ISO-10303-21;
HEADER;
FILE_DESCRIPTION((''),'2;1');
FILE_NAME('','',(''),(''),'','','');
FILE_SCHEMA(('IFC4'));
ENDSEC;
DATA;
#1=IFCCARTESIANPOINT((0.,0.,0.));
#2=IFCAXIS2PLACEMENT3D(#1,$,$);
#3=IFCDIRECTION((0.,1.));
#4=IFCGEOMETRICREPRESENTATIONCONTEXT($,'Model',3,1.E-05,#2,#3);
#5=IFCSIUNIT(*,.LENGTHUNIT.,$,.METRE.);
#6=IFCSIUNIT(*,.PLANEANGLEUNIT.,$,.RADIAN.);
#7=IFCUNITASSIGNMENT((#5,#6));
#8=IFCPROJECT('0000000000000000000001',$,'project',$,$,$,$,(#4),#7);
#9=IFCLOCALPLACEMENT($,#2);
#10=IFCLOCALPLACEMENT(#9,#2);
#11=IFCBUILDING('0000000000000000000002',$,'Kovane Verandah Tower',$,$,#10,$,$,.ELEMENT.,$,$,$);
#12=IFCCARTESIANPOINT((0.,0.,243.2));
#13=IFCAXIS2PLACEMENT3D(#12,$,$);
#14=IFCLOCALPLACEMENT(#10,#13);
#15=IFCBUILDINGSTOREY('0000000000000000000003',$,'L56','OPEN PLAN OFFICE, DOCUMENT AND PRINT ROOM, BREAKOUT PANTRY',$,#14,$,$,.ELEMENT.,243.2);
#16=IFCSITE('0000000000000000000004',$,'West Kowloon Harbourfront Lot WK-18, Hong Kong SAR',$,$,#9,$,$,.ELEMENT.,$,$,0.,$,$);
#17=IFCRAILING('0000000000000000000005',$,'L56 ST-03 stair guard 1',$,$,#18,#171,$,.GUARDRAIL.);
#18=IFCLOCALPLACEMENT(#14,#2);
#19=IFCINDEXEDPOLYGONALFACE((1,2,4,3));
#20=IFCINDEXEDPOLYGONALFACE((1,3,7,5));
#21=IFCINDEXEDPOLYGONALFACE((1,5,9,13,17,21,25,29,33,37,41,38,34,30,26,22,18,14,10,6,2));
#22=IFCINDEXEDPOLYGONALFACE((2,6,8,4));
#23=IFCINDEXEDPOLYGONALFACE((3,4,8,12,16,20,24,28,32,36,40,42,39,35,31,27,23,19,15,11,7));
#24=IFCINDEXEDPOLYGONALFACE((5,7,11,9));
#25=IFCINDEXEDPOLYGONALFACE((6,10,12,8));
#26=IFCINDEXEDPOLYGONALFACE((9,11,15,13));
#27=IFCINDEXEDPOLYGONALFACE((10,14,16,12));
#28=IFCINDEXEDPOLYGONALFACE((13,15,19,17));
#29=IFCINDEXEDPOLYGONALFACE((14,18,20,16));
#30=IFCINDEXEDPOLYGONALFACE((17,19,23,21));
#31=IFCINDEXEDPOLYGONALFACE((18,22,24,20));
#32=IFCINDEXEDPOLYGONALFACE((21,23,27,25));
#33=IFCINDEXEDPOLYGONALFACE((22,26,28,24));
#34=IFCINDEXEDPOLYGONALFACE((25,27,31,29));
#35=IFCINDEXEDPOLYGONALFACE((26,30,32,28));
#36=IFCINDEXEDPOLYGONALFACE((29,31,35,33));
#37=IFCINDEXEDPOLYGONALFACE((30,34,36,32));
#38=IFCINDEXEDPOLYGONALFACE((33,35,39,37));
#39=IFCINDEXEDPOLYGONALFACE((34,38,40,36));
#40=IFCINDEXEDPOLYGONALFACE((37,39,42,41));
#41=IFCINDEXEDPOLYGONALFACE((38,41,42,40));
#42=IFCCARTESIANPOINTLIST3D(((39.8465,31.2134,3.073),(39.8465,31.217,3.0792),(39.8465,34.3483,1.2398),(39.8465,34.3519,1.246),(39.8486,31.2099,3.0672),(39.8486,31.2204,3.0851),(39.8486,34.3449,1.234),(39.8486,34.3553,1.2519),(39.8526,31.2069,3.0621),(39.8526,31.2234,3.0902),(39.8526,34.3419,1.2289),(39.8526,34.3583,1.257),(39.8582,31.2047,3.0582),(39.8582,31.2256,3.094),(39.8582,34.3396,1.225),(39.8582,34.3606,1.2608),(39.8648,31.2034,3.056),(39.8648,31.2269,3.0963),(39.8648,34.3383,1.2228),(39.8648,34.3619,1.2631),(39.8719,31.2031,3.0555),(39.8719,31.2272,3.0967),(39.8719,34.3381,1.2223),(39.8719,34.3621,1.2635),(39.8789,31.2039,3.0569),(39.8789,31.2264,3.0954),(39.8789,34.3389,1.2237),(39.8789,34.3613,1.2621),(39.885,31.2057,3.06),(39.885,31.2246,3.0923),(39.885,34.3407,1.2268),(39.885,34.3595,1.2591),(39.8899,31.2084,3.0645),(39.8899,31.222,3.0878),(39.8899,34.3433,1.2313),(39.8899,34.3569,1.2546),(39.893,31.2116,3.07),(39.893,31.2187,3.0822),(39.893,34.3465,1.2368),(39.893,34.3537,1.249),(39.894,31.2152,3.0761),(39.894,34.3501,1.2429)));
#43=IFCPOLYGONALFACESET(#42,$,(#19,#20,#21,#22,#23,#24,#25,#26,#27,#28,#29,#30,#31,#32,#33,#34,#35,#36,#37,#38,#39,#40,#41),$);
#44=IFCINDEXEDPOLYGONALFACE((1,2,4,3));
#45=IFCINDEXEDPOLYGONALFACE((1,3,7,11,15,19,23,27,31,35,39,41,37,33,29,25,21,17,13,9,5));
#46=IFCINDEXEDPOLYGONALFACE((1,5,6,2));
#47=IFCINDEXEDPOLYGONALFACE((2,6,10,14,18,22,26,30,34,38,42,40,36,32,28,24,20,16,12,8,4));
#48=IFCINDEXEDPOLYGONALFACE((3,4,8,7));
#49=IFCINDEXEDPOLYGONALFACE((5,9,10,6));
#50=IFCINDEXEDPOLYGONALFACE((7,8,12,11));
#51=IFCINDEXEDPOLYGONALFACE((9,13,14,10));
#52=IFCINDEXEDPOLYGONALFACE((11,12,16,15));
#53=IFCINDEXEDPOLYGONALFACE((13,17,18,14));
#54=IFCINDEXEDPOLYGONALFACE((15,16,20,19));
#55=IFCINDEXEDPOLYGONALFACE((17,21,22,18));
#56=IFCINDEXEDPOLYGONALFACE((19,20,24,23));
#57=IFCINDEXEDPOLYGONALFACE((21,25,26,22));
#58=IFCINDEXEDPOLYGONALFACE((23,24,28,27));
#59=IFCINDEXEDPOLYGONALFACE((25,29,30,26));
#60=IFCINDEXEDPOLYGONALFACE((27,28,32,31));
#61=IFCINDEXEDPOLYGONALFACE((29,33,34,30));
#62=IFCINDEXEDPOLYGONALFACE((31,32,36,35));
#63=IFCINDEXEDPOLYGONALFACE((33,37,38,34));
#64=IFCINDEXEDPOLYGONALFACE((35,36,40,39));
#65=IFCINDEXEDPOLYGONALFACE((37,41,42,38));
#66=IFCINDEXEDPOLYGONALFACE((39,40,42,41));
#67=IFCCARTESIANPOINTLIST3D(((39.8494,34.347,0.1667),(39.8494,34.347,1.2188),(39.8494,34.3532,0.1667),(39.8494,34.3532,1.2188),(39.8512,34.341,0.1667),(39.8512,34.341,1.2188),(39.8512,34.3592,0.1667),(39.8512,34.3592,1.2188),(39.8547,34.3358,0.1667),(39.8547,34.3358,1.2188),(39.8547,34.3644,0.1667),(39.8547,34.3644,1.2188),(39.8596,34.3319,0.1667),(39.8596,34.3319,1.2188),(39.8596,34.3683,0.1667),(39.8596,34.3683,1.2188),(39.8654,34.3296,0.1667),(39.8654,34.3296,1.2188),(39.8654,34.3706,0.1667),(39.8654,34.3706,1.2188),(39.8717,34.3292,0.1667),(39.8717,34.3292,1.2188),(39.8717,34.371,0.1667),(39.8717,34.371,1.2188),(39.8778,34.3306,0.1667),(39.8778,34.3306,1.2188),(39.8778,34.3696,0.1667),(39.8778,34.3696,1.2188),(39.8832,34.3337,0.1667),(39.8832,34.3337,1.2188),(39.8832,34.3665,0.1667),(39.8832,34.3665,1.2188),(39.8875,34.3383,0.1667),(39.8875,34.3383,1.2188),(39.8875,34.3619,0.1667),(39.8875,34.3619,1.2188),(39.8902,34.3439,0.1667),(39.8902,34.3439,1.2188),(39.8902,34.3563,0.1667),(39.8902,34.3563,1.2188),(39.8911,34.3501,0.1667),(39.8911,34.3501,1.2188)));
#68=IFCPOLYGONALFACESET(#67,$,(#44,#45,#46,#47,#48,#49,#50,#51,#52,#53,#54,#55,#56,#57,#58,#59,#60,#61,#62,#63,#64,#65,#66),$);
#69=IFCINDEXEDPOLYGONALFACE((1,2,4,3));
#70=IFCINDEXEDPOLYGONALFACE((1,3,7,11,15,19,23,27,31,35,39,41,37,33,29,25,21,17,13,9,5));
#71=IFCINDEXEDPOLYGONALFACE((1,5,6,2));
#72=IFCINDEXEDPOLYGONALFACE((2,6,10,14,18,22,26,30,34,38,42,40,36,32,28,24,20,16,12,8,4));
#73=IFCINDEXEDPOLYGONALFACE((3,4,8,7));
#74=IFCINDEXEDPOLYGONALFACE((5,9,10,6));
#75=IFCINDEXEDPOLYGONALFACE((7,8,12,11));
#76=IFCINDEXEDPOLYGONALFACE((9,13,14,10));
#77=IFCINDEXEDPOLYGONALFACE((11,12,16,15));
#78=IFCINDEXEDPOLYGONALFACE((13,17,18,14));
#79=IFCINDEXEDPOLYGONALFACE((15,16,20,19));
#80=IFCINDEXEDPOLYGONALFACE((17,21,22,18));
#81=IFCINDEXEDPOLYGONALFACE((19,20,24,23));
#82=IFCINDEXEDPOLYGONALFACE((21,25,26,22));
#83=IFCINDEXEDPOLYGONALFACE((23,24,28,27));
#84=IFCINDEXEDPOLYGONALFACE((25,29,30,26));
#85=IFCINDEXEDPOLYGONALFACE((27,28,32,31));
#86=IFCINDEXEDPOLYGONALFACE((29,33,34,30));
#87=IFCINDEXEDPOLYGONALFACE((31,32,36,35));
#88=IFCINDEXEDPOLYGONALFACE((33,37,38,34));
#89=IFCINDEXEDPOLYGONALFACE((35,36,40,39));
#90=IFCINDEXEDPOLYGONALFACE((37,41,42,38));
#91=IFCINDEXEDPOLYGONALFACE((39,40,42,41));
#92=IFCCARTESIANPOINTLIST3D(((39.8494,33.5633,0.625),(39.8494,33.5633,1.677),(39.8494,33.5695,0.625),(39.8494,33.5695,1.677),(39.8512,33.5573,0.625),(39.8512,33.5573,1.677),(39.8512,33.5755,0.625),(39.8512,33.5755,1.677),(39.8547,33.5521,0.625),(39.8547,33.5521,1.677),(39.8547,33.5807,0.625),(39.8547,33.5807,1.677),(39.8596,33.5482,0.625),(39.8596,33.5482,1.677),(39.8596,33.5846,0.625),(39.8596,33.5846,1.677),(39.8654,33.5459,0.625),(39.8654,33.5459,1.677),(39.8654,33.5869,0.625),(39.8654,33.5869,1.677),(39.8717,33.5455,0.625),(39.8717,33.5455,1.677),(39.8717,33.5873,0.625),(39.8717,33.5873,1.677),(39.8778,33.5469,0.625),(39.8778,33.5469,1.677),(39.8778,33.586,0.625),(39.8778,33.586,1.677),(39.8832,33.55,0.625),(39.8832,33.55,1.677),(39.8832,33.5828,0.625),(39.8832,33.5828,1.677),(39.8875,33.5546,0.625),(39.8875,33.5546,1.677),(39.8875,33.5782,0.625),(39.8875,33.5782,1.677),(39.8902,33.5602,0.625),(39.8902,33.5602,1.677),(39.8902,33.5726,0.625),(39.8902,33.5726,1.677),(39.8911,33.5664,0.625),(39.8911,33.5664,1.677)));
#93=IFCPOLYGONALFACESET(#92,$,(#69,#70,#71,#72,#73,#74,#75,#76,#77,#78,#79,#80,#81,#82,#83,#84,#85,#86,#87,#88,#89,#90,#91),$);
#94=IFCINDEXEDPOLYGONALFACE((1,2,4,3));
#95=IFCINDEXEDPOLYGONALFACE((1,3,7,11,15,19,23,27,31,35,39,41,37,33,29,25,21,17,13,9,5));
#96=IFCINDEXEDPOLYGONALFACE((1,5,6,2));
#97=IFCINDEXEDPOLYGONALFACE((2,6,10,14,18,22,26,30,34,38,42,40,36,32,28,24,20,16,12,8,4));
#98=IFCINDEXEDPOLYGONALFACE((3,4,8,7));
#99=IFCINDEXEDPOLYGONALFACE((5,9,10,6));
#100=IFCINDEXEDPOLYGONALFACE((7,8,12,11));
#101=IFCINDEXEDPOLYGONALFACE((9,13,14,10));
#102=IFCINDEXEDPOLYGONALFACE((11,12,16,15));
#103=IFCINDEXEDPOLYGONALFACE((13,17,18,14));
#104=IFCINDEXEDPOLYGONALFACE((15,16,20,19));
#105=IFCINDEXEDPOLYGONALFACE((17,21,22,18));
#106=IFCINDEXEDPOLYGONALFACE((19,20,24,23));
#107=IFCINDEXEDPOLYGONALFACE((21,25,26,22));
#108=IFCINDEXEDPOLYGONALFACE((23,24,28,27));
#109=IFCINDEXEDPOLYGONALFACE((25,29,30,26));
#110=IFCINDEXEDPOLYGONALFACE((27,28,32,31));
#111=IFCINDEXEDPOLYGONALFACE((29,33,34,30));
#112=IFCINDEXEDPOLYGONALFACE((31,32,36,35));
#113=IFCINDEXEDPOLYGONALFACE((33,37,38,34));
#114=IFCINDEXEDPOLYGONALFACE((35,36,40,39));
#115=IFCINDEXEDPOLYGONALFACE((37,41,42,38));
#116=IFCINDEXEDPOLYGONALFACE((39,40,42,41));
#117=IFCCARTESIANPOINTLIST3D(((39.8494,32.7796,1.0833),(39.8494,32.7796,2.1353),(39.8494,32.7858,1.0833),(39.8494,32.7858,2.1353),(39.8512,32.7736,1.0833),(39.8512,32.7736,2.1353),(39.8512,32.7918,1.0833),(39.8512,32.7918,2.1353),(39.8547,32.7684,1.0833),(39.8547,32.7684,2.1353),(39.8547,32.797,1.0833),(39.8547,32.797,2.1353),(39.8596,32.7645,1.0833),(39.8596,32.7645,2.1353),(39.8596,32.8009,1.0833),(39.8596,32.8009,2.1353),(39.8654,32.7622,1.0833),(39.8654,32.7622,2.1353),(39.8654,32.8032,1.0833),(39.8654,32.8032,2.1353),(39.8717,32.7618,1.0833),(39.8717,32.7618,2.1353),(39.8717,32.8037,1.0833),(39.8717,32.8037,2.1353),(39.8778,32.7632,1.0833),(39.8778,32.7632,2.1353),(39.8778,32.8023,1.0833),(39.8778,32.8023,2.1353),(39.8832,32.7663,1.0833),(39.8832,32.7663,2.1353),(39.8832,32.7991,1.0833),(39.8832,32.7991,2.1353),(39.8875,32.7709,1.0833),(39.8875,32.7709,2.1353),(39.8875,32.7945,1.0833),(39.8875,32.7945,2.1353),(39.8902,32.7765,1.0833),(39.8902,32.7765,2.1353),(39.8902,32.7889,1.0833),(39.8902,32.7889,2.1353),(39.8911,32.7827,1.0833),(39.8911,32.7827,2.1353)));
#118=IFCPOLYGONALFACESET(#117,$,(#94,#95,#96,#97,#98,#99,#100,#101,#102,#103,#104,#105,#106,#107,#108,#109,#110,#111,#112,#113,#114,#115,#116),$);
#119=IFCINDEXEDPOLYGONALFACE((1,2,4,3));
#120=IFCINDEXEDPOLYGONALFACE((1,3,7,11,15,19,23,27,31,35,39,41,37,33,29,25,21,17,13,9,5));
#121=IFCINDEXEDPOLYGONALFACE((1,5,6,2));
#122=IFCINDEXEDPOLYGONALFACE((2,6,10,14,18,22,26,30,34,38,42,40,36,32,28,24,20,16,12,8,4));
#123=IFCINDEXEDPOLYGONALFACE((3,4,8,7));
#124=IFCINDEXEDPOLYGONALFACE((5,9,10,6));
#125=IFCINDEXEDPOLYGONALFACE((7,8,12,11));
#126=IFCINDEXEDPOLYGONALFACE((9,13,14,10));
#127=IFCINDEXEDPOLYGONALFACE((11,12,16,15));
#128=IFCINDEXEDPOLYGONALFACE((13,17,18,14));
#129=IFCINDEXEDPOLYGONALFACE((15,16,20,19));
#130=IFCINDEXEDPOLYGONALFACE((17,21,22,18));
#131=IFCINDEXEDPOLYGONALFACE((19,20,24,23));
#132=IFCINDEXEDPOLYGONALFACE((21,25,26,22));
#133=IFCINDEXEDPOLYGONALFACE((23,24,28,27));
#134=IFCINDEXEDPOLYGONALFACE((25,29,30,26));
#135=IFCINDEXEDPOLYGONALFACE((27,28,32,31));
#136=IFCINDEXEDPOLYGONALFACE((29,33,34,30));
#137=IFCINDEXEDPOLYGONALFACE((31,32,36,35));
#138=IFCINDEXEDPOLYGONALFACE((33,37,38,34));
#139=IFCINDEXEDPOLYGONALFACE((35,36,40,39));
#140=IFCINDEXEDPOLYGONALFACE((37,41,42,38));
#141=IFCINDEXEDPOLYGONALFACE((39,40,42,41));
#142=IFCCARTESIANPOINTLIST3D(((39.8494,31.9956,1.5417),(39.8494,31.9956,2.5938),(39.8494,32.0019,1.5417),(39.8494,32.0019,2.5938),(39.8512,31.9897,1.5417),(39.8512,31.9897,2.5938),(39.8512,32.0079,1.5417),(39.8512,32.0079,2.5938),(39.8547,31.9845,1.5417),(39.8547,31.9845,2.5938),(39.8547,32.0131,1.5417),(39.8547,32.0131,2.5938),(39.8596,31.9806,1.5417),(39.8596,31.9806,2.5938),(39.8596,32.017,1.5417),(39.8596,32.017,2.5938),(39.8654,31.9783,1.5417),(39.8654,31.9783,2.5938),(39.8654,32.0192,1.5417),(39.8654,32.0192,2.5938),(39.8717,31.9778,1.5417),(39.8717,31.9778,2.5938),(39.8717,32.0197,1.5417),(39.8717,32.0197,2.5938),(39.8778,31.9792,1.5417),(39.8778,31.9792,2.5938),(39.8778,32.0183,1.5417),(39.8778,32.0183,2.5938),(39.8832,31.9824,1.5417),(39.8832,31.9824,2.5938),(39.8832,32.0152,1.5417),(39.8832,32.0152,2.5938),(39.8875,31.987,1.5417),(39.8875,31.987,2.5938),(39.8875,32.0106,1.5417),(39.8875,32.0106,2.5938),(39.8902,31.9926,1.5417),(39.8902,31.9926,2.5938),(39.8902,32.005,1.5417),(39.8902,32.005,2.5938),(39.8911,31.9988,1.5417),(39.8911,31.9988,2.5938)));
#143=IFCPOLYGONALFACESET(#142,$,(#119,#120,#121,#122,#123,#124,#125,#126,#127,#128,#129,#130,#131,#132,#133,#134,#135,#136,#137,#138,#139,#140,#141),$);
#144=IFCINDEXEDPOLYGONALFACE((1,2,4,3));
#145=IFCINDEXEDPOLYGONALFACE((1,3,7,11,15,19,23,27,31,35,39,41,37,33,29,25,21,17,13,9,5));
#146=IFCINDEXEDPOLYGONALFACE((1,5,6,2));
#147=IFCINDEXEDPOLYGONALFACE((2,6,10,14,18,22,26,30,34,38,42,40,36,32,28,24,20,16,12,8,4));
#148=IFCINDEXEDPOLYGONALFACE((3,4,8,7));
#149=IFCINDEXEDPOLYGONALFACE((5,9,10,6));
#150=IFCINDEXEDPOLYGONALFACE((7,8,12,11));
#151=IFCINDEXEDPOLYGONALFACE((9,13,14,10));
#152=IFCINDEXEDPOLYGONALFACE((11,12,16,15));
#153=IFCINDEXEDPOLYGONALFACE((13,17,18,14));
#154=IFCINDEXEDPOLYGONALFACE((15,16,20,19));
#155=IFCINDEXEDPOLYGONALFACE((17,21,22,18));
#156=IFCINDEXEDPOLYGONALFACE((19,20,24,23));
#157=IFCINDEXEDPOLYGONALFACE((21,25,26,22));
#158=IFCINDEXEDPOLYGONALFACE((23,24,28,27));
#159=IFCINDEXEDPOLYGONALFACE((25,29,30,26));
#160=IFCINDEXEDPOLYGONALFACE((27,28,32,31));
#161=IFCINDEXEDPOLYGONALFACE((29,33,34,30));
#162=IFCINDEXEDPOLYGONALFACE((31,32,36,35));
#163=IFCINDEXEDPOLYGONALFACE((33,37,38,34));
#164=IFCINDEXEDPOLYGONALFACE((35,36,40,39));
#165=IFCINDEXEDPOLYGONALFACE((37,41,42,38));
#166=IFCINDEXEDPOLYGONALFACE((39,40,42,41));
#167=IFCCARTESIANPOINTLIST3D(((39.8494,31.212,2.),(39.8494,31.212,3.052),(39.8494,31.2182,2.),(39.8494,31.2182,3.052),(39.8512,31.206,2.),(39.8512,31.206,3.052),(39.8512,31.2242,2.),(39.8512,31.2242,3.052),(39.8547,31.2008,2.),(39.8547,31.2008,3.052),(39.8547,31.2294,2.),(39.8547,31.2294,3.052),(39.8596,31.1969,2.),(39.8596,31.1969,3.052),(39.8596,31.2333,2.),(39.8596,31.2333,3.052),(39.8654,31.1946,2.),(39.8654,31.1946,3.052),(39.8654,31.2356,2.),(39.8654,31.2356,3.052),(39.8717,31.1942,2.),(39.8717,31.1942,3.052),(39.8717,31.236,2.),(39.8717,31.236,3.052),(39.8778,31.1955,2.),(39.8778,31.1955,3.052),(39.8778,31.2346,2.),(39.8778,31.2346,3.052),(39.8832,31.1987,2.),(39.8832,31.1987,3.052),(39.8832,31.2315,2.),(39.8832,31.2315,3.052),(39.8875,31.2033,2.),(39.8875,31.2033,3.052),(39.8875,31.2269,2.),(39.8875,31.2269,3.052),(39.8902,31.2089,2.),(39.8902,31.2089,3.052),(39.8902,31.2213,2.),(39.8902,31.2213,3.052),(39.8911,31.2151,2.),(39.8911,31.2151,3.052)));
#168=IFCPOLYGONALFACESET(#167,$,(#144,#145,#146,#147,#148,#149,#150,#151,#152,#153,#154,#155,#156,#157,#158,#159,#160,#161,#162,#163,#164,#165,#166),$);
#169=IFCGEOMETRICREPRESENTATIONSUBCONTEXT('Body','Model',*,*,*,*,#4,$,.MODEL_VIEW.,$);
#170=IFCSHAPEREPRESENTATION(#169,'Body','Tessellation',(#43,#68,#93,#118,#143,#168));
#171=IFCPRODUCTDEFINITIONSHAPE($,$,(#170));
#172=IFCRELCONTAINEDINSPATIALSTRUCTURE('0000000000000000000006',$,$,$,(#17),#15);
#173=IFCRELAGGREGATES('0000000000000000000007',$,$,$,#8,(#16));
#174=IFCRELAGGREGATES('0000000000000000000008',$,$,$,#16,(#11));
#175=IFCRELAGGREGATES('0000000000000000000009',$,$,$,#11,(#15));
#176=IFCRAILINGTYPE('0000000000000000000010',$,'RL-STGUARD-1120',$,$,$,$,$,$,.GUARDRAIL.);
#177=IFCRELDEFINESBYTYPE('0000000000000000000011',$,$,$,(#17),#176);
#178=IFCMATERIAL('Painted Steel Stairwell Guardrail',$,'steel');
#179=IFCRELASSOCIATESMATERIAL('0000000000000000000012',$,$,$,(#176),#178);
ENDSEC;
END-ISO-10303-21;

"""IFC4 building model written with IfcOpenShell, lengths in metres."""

from ifc_helpers import new_model, si_unit, direction, frame, origin, origin_2d, place, context, subcontext, project, spatial, circle, extrude, material, type_object, element, save


model = new_model("IFC4")

# Units and contexts
model_context = context("Model", 3, precision=1e-05, world=origin(), true_north=direction((0.0, 1.0)))
body_context = subcontext(model_context, "Body", "Model", "MODEL_VIEW")
ifc_project = project(units=[si_unit("LENGTHUNIT", "METRE"), si_unit("PLANEANGLEUNIT", "RADIAN")], contexts=[model_context])

# Site, building, storey
site_placement = place(None, origin())
site = spatial("IfcSite", under=ifc_project, at=site_placement, Name="West Kowloon Harbourfront Lot WK-18, Hong Kong SAR", CompositionType="ELEMENT", RefElevation=0.0)
building_placement = place(site_placement, origin())
building = spatial("IfcBuilding", under=site, at=building_placement, Name="Kovane Verandah Tower", CompositionType="ELEMENT")
storey_placement = place(building_placement, frame((0.0, 0.0, 243.2)))
storey = spatial("IfcBuildingStorey", under=building, at=storey_placement, Name="L56", Description="OPEN PLAN OFFICE, DOCUMENT AND PRINT ROOM, BREAKOUT PANTRY", CompositionType="ELEMENT", Elevation=243.2)

# Railing
ifc_material_1 = material(Name="Painted Steel Stairwell Guardrail", Category="steel")
railing_type_1 = type_object("IfcRailingType", Name="RL-STGUARD-1120", PredefinedType="GUARDRAIL", material=ifc_material_1)
railing_1_placement = place(storey_placement, frame((39.8701, 34.3501, 0.1667)))
element("IfcRailing", 1, at=railing_1_placement, inside=storey, type_object=railing_type_1, Name="L56 ST-03 stair guard 1", PredefinedType="GUARDRAIL", context=body_context, shape_type="SweptSolid", body=[
    extrude(circle(Radius=0.0239, at=origin_2d()), frame((0.0, 0.0, 1.0762), z_axis=(0.0, -0.86324, 0.504794), x_axis=(1.0, 0.0, 0.0)), (0.0, 0.0, 1.0), 3.6316),
    extrude(circle(Radius=0.021, at=origin_2d()), origin(), (0.0, 0.0, 1.0), 1.052),
    extrude(circle(Radius=0.021, at=origin_2d()), frame((0.0, -0.7837, 0.4583)), (0.0, 0.0, 1.0), 1.052),
    extrude(circle(Radius=0.021, at=origin_2d()), frame((0.0, -1.5674, 0.9165)), (0.0, 0.0, 1.0), 1.052),
    extrude(circle(Radius=0.021, at=origin_2d()), frame((0.0, -2.3513, 1.375)), (0.0, 0.0, 1.0), 1.052),
    extrude(circle(Radius=0.021, at=origin_2d()), frame((0.0, -3.135, 1.8333)), (0.0, 0.0, 1.0), 1.052),
])

save(model, "model.ifc")
